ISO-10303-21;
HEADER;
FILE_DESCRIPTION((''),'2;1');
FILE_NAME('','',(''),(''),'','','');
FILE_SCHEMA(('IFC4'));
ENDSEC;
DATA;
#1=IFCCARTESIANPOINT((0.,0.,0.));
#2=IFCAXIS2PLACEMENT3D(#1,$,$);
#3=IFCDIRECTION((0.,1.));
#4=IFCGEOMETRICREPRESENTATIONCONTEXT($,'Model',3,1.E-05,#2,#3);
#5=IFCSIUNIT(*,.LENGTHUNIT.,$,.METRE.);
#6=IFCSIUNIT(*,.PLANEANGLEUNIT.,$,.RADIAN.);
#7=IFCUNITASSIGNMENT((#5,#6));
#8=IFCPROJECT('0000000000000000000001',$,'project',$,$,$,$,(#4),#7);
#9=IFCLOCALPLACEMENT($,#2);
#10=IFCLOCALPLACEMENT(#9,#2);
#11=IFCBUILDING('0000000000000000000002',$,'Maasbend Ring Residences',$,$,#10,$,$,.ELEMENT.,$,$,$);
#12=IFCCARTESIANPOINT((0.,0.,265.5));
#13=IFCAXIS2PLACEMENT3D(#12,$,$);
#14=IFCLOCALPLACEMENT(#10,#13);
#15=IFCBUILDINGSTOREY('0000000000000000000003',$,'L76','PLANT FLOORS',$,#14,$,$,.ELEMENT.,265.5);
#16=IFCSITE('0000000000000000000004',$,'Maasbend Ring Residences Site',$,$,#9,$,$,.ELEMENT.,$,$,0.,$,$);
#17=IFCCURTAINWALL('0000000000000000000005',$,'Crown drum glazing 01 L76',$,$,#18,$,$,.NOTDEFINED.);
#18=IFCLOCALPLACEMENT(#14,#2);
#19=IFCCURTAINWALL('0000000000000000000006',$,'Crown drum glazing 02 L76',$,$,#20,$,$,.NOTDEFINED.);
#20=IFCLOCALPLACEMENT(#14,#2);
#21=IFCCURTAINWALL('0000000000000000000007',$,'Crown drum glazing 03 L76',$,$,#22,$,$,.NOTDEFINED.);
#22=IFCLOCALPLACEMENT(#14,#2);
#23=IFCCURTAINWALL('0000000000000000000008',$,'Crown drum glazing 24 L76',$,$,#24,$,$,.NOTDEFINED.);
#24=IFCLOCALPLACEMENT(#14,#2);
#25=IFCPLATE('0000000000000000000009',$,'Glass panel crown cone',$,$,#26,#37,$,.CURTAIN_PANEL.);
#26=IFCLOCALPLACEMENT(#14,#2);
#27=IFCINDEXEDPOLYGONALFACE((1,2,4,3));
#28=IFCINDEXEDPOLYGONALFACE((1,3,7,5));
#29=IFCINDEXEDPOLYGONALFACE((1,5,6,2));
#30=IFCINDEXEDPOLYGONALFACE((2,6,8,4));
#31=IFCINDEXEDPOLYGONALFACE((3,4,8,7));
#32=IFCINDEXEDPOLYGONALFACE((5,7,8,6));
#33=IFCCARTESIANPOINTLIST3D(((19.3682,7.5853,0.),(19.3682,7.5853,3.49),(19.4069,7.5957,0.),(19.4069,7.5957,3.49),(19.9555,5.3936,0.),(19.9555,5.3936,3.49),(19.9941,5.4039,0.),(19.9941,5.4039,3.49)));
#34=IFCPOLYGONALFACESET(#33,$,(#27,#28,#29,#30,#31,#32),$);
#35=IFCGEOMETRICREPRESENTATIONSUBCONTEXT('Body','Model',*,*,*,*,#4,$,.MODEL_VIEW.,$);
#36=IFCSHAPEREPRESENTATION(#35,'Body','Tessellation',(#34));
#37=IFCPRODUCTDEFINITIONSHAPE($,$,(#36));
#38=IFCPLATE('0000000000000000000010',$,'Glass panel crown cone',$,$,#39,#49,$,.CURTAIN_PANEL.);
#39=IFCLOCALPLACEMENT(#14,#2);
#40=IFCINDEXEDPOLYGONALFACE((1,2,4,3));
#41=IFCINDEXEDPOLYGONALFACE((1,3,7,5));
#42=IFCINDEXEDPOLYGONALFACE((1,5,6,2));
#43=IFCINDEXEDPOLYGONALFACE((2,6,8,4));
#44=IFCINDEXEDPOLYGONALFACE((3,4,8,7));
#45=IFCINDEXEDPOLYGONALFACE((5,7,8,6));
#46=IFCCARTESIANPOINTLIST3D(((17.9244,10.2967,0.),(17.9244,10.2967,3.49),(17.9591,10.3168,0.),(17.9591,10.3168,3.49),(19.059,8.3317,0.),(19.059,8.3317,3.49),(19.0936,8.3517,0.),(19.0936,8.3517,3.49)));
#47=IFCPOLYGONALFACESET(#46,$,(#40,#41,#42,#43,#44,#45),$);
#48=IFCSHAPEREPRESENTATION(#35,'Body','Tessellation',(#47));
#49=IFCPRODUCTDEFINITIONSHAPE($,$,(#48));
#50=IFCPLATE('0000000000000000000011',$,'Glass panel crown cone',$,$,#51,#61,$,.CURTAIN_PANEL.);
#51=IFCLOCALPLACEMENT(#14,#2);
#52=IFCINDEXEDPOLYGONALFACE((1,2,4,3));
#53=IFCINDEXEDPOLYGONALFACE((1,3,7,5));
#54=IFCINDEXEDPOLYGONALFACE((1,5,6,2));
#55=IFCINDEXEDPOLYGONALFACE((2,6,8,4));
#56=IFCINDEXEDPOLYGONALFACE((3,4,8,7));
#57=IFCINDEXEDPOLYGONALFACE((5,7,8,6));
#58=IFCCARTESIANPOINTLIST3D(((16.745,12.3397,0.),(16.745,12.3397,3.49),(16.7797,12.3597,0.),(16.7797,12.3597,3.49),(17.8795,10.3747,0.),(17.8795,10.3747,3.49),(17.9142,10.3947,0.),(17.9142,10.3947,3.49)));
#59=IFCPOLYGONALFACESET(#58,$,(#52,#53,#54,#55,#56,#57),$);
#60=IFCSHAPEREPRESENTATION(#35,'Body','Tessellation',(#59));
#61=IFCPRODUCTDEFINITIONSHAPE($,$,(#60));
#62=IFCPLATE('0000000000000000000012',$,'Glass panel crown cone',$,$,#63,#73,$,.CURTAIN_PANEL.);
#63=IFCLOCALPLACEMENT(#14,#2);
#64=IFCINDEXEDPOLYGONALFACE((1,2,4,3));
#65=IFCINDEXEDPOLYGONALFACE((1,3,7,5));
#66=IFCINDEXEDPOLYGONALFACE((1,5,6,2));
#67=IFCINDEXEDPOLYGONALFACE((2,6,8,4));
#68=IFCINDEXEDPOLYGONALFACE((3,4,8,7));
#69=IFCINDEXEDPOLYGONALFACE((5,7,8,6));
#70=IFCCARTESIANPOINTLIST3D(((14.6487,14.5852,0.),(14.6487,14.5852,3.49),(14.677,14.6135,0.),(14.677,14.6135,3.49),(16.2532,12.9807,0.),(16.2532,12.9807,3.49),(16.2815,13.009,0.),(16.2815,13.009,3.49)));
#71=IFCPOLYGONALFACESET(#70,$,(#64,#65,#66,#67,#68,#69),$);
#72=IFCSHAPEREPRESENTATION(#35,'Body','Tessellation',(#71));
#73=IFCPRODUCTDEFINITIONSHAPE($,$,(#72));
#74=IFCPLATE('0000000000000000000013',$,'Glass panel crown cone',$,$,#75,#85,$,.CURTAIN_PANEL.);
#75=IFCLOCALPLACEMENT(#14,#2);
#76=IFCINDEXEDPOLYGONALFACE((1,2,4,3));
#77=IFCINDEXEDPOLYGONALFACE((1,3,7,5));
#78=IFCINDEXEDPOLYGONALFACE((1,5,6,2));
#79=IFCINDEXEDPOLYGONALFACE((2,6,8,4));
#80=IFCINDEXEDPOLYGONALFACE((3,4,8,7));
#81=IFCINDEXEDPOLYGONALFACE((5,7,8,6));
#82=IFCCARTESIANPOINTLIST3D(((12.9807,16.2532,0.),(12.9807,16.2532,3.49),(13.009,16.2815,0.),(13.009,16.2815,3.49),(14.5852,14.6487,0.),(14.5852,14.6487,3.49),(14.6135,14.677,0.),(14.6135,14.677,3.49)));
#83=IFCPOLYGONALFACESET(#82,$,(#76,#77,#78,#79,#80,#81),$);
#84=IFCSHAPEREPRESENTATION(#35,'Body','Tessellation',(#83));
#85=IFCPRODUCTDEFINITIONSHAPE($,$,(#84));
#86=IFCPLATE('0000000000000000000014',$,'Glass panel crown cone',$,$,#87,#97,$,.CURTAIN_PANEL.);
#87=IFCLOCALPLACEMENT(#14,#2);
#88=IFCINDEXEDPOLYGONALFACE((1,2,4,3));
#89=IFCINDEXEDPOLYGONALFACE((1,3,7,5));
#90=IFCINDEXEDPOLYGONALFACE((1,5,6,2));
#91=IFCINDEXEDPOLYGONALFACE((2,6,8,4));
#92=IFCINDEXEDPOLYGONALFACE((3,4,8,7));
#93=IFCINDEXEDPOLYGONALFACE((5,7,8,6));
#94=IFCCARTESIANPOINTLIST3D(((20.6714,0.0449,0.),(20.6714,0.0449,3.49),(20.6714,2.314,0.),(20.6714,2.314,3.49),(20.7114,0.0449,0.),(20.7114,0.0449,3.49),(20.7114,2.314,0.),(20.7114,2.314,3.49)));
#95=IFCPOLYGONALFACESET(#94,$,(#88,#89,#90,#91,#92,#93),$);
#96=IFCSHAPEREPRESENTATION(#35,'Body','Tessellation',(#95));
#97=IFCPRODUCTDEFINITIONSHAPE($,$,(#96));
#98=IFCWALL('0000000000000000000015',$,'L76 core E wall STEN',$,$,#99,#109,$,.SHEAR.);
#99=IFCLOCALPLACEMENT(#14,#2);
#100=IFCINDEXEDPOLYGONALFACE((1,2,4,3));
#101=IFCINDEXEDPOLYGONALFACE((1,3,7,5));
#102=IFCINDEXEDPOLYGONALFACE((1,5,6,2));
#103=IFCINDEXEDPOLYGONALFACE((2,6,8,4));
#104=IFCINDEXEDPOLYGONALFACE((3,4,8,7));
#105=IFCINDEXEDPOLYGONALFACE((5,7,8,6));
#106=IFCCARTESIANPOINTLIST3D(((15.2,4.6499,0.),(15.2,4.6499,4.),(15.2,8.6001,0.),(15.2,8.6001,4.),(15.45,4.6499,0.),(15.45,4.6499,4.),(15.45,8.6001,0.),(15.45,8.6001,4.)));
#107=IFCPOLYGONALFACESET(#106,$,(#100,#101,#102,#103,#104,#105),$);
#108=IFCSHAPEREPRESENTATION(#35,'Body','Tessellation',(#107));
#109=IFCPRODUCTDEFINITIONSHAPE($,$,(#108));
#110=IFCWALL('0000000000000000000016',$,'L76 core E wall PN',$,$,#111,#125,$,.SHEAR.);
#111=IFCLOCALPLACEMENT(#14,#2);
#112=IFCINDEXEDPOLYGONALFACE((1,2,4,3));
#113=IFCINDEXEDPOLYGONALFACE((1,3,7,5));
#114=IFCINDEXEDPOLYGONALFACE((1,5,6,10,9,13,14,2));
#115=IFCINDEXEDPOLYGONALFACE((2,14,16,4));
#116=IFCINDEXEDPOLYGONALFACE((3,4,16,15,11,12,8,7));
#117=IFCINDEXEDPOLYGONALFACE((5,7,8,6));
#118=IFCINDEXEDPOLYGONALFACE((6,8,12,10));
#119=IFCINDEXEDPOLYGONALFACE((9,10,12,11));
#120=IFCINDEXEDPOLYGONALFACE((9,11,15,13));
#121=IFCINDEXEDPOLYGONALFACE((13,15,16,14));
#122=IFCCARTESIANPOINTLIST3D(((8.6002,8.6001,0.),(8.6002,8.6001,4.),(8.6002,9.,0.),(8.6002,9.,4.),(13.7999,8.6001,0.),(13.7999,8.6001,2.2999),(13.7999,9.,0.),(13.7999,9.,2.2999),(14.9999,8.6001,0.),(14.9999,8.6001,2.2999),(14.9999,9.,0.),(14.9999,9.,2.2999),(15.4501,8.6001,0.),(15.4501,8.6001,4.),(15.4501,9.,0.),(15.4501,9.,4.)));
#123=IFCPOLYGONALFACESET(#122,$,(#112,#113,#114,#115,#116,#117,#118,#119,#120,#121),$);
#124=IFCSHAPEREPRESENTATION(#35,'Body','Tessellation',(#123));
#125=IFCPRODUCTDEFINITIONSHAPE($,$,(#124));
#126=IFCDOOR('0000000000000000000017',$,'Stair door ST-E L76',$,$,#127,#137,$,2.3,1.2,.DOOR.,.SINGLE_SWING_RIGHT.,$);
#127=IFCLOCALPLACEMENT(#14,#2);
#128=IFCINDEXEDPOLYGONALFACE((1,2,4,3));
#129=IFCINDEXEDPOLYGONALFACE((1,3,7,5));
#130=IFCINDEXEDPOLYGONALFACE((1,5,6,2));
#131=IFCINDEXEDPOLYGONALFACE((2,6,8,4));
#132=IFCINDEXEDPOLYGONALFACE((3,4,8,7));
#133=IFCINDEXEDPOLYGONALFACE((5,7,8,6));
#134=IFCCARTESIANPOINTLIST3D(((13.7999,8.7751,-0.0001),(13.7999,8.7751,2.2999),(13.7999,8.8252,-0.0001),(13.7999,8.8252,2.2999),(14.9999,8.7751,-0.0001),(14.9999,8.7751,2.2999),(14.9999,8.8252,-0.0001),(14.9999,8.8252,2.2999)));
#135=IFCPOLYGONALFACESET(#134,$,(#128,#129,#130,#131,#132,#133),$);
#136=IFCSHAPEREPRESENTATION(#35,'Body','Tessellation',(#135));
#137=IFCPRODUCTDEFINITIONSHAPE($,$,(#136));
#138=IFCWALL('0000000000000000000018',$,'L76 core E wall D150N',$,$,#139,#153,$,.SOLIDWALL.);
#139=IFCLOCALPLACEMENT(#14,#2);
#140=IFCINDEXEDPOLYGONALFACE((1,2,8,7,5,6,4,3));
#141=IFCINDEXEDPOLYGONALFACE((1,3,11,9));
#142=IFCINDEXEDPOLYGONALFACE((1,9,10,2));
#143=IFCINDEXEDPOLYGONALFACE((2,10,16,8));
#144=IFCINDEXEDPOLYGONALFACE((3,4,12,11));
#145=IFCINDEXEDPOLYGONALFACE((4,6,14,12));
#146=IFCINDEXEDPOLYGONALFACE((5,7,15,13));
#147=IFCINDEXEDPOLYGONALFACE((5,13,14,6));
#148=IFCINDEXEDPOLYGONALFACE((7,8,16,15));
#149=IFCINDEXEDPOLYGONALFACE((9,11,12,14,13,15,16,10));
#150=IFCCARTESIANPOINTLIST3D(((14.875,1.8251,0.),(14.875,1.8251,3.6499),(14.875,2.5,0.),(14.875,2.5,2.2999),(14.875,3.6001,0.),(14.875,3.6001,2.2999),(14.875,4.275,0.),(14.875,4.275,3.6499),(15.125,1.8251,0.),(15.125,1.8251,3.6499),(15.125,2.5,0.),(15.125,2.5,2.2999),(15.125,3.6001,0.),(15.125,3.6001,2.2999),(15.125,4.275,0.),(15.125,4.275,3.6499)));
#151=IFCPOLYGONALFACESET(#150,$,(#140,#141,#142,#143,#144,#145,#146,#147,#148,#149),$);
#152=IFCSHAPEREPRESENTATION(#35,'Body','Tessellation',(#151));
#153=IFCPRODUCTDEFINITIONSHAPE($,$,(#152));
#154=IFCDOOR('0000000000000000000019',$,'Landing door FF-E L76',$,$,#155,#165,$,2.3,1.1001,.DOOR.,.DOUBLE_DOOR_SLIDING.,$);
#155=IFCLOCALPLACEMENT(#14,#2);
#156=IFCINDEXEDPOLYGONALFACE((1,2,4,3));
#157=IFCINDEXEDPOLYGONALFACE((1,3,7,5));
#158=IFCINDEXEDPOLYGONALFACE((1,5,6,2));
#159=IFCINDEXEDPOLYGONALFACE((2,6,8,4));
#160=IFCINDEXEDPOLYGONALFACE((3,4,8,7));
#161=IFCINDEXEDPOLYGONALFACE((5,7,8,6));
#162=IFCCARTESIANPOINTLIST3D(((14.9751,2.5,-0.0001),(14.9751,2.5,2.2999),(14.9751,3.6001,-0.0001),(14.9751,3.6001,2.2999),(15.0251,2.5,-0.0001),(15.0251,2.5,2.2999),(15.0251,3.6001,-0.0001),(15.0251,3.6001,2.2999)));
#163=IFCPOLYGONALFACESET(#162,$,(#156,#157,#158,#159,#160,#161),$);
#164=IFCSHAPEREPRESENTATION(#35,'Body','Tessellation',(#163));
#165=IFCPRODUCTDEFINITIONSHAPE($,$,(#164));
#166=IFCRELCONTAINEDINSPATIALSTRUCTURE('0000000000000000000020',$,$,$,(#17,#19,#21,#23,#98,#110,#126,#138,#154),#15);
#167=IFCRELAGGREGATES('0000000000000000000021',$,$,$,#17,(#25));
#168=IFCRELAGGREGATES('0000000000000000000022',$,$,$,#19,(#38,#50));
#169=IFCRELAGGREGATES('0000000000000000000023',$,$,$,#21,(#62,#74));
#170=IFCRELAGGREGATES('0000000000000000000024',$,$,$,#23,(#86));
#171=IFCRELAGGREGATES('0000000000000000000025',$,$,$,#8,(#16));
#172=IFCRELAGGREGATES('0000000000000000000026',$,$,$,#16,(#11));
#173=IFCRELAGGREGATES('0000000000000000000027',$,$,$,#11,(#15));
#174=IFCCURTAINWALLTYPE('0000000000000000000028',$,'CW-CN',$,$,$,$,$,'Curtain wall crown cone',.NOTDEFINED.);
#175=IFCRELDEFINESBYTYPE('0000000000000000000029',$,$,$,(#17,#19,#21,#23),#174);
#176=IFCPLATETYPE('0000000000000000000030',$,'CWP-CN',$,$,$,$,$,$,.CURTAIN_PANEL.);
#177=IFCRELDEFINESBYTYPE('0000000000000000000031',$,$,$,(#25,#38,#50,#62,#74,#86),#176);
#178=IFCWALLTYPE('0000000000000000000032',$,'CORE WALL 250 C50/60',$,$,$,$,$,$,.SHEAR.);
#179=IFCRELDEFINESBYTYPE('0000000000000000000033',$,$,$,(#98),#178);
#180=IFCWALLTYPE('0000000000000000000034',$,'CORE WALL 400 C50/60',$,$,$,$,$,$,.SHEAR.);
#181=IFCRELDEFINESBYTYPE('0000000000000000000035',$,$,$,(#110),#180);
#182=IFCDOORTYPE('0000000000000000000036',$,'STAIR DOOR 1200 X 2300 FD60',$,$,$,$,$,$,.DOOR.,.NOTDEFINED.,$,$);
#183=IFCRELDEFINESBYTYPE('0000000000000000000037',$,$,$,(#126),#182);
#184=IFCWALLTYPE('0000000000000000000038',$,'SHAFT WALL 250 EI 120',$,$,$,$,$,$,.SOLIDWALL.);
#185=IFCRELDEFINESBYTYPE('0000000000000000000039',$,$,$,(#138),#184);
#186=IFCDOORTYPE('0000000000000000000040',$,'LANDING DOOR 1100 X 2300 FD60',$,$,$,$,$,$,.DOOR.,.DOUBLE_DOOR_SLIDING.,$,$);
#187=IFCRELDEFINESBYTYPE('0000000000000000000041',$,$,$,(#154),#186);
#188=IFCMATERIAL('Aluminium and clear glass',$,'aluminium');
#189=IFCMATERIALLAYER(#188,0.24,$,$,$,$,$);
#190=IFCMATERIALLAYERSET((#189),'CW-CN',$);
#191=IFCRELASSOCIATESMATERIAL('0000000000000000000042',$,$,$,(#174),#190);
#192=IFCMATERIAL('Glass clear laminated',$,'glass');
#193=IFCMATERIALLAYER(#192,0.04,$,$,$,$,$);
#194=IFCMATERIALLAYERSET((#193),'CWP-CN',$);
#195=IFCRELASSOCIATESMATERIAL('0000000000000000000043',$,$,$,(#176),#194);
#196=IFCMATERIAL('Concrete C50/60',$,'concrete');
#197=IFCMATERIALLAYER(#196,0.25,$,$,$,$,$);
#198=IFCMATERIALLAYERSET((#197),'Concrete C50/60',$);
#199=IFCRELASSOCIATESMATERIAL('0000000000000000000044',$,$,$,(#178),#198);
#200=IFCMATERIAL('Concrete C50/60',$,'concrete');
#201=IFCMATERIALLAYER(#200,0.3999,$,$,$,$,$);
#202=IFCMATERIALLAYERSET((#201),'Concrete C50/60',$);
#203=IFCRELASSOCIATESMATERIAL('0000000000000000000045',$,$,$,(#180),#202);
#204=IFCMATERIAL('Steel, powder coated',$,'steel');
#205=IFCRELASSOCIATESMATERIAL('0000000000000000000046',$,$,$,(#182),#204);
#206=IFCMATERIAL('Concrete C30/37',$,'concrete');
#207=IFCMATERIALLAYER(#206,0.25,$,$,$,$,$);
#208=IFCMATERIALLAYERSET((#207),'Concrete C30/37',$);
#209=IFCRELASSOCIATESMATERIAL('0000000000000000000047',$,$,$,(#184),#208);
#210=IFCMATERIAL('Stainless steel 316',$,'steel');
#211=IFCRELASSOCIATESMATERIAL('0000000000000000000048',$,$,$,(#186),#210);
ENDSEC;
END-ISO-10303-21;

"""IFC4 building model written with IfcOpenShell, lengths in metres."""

from ifc_helpers import new_model, si_unit, direction, frame, frame_2d, origin, origin_2d, place, context, subcontext, project, spatial, rectangle, extrude, material, layer, layer_set, type_object, element, fill, aggregate, save


model = new_model("IFC4")

# Units and contexts
model_context = context("Model", 3, precision=1e-05, world=origin(), true_north=direction((0.0, 1.0)))
body_context = subcontext(model_context, "Body", "Model", "MODEL_VIEW")
ifc_project = project(units=[si_unit("LENGTHUNIT", "METRE"), si_unit("PLANEANGLEUNIT", "RADIAN")], contexts=[model_context])

# Site, building, storey
site_placement = place(None, origin())
site = spatial("IfcSite", under=ifc_project, at=site_placement, Name="Maasbend Ring Residences Site", CompositionType="ELEMENT", RefElevation=0.0)
building_placement = place(site_placement, origin())
building = spatial("IfcBuilding", under=site, at=building_placement, Name="Maasbend Ring Residences", CompositionType="ELEMENT")
storey_placement = place(building_placement, frame((0.0, 0.0, 265.5)))
storey = spatial("IfcBuildingStorey", under=building, at=storey_placement, Name="L76", Description="PLANT FLOORS", CompositionType="ELEMENT", Elevation=265.5)

# Curtain walls
ifc_material_1 = material(Name="Aluminium and clear glass", Category="aluminium")
ifc_layer_1 = layer(ifc_material_1, 0.24)
ifc_layer_set_1 = layer_set([ifc_layer_1], Name="CW-CN")
curtain_wall_type = type_object("IfcCurtainWallType", Name="CW-CN", ElementType="Curtain wall crown cone", PredefinedType="NOTDEFINED", material=ifc_layer_set_1)
curtain_wall_1_placement = place(storey_placement, origin())
curtain_wall_1 = element("IfcCurtainWall", 1, at=curtain_wall_1_placement, inside=storey, type_object=curtain_wall_type, Name="Crown drum glazing 01 L76", PredefinedType="NOTDEFINED")
curtain_wall_2_placement = place(storey_placement, origin())
curtain_wall_2 = element("IfcCurtainWall", 2, at=curtain_wall_2_placement, inside=storey, type_object=curtain_wall_type, Name="Crown drum glazing 02 L76", PredefinedType="NOTDEFINED")
curtain_wall_3_placement = place(storey_placement, origin())
curtain_wall_3 = element("IfcCurtainWall", 3, at=curtain_wall_3_placement, inside=storey, type_object=curtain_wall_type, Name="Crown drum glazing 03 L76", PredefinedType="NOTDEFINED")

# Curtain wall
curtain_wall_4_placement = place(storey_placement, origin())
curtain_wall_4 = element("IfcCurtainWall", 4, at=curtain_wall_4_placement, inside=storey, type_object=curtain_wall_type, Name="Crown drum glazing 24 L76", PredefinedType="NOTDEFINED")

# Plates
ifc_material_2 = material(Name="Glass clear laminated", Category="glass")
ifc_layer_2 = layer(ifc_material_2, 0.04)
ifc_layer_set_2 = layer_set([ifc_layer_2], Name="CWP-CN")
plate_type = type_object("IfcPlateType", Name="CWP-CN", PredefinedType="CURTAIN_PANEL", material=ifc_layer_set_2)
plate_1_placement = place(storey_placement, frame((19.6812, 6.4946, 0.0), z_axis=(0.0, 0.0, 1.0), x_axis=(-0.258819, 0.965926, 0.0)))
plate_1 = element("IfcPlate", 5, at=plate_1_placement, type_object=plate_type, Name="Glass panel crown cone", PredefinedType="CURTAIN_PANEL", context=body_context, shape_type="SweptSolid", body=[
    extrude(rectangle(XDim=2.269, YDim=0.04, at=origin_2d()), origin(), (0.0, 0.0, 1.0), 3.49),
])
aggregate(curtain_wall_1, [plate_1])
plate_2_placement = place(storey_placement, frame((18.509, 9.3242, 0.0), z_axis=(0.0, 0.0, 1.0), x_axis=(-0.5, 0.866025, 0.0)))
plate_2 = element("IfcPlate", 6, at=plate_2_placement, type_object=plate_type, Name="Glass panel crown cone", PredefinedType="CURTAIN_PANEL", context=body_context, shape_type="SweptSolid", body=[
    extrude(rectangle(XDim=2.269, YDim=0.04, at=origin_2d()), origin(), (0.0, 0.0, 1.0), 3.49),
])
plate_3_placement = place(storey_placement, frame((17.3296, 11.3672, 0.0), z_axis=(0.0, 0.0, 1.0), x_axis=(-0.5, 0.866025, 0.0)))
plate_3 = element("IfcPlate", 7, at=plate_3_placement, type_object=plate_type, Name="Glass panel crown cone", PredefinedType="CURTAIN_PANEL", context=body_context, shape_type="SweptSolid", body=[
    extrude(rectangle(XDim=2.269, YDim=0.04, at=origin_2d()), origin(), (0.0, 0.0, 1.0), 3.49),
])
aggregate(curtain_wall_2, [plate_2, plate_3])
plate_4_placement = place(storey_placement, frame((15.4651, 13.7971, 0.0), z_axis=(0.0, 0.0, 1.0), x_axis=(-0.707107, 0.707107, 0.0)))
plate_4 = element("IfcPlate", 8, at=plate_4_placement, type_object=plate_type, Name="Glass panel crown cone", PredefinedType="CURTAIN_PANEL", context=body_context, shape_type="SweptSolid", body=[
    extrude(rectangle(XDim=2.269, YDim=0.04, at=origin_2d()), origin(), (0.0, 0.0, 1.0), 3.49),
])
plate_5_placement = place(storey_placement, frame((13.7971, 15.4651, 0.0), z_axis=(0.0, 0.0, 1.0), x_axis=(-0.707107, 0.707107, 0.0)))
plate_5 = element("IfcPlate", 9, at=plate_5_placement, type_object=plate_type, Name="Glass panel crown cone", PredefinedType="CURTAIN_PANEL", context=body_context, shape_type="SweptSolid", body=[
    extrude(rectangle(XDim=2.269, YDim=0.04, at=origin_2d()), origin(), (0.0, 0.0, 1.0), 3.49),
])
aggregate(curtain_wall_3, [plate_4, plate_5])
plate_6_placement = place(storey_placement, frame((20.6914, 1.1794, 0.0), z_axis=(0.0, 0.0, 1.0), x_axis=(0.0, 1.0, 0.0)))
plate_6 = element("IfcPlate", 10, at=plate_6_placement, type_object=plate_type, Name="Glass panel crown cone", PredefinedType="CURTAIN_PANEL", context=body_context, shape_type="SweptSolid", body=[
    extrude(rectangle(XDim=2.269, YDim=0.04, at=origin_2d()), origin(), (0.0, 0.0, 1.0), 3.49),
])
aggregate(curtain_wall_4, [plate_6])

# Wall
ifc_material_3 = material(Name="Concrete C50/60", Category="concrete")
ifc_layer_3 = layer(ifc_material_3, 0.25)
ifc_layer_set_3 = layer_set([ifc_layer_3], Name="Concrete C50/60")
wall_type_1 = type_object("IfcWallType", Name="CORE WALL 250 C50/60", PredefinedType="SHEAR", material=ifc_layer_set_3)
wall_1_placement = place(storey_placement, frame((15.325, 4.6499, 0.0), z_axis=(0.0, 0.0, 1.0), x_axis=(0.0, 1.0, 0.0)))
element("IfcWall", 11, at=wall_1_placement, inside=storey, type_object=wall_type_1, Name="L76 core E wall STEN", PredefinedType="SHEAR", context=body_context, shape_type="SweptSolid", body=[
    extrude(rectangle(XDim=3.9502, YDim=0.25, at=frame_2d((1.9751, 0.0))), origin(), (0.0, 0.0, 1.0), 4.0),
])

# Walls, openings, doors
ifc_material_4 = material(Name="Concrete C50/60", Category="concrete")
ifc_layer_4 = layer(ifc_material_4, 0.3999)
ifc_layer_set_4 = layer_set([ifc_layer_4], Name="Concrete C50/60")
wall_type_2 = type_object("IfcWallType", Name="CORE WALL 400 C50/60", PredefinedType="SHEAR", material=ifc_layer_set_4)
wall_2_placement = place(storey_placement, frame((15.45, 8.8, 0.0), z_axis=(0.0, 0.0, 1.0), x_axis=(-1.0, 0.0, 0.0)))
wall_2 = element("IfcWall", 12, at=wall_2_placement, inside=storey, type_object=wall_type_2, Name="L76 core E wall PN", PredefinedType="SHEAR", context=body_context, shape_type="SweptSolid", body=[
    extrude(rectangle(XDim=6.8499, YDim=0.3999, at=frame_2d((3.4248, 0.0))), origin(), (0.0, 0.0, 1.0), 4.0),
])
opening_1_placement = place(wall_2_placement, frame((0.45, 0.0, 0.0)))
opening_1 = element("IfcOpeningElement", 13, at=opening_1_placement, cuts=wall_2, PredefinedType="OPENING", context=body_context, shape_type="SweptSolid", body=[
    extrude(rectangle(XDim=1.2, YDim=2.3, at=frame_2d((0.6001, 1.1499))), frame((0.0, 0.21, 0.0), z_axis=(0.0, -1.0, 0.0), x_axis=(1.0, 0.0, 0.0)), (0.0, 0.0, 1.0), 0.4199),
])
ifc_material_5 = material(Name="Steel, powder coated", Category="steel")
door_type_1 = type_object("IfcDoorType", Name="STAIR DOOR 1200 X 2300 FD60", OperationType="NOTDEFINED", PredefinedType="DOOR", material=ifc_material_5)
door_1_placement = place(opening_1_placement, origin())
door_1 = element("IfcDoor", 14, at=door_1_placement, inside=storey, type_object=door_type_1, Name="Stair door ST-E L76", OperationType="SINGLE_SWING_RIGHT", OverallHeight=2.3, OverallWidth=1.2, PredefinedType="DOOR", context=body_context, shape_type="SweptSolid", body=[
    extrude(rectangle(XDim=1.2, YDim=2.3, at=frame_2d((0.6001, 1.1499))), frame((0.0, 0.0249, 0.0), z_axis=(0.0, -1.0, 0.0), x_axis=(1.0, 0.0, 0.0)), (0.0, 0.0, 1.0), 0.05),
])
fill(opening_1, door_1)
ifc_material_6 = material(Name="Concrete C30/37", Category="concrete")
ifc_layer_5 = layer(ifc_material_6, 0.25)
ifc_layer_set_5 = layer_set([ifc_layer_5], Name="Concrete C30/37")
wall_type_3 = type_object("IfcWallType", Name="SHAFT WALL 250 EI 120", PredefinedType="SOLIDWALL", material=ifc_layer_set_5)
wall_3_placement = place(storey_placement, frame((15.0, 1.825, 0.0), z_axis=(0.0, 0.0, 1.0), x_axis=(0.0, 1.0, 0.0)))
wall_3 = element("IfcWall", 15, at=wall_3_placement, inside=storey, type_object=wall_type_3, Name="L76 core E wall D150N", PredefinedType="SOLIDWALL", context=body_context, shape_type="SweptSolid", body=[
    extrude(rectangle(XDim=2.45, YDim=0.25, at=frame_2d((1.2251, 0.0))), origin(), (0.0, 0.0, 1.0), 3.6499),
])
opening_2_placement = place(wall_3_placement, frame((0.675, 0.0, 0.0)))
opening_2 = element("IfcOpeningElement", 16, at=opening_2_placement, cuts=wall_3, PredefinedType="OPENING", context=body_context, shape_type="SweptSolid", body=[
    extrude(rectangle(XDim=1.1001, YDim=2.3, at=frame_2d((0.55, 1.1499))), frame((0.0, 0.135, 0.0), z_axis=(0.0, -1.0, 0.0), x_axis=(1.0, 0.0, 0.0)), (0.0, 0.0, 1.0), 0.27),
])
ifc_material_7 = material(Name="Stainless steel 316", Category="steel")
door_type_2 = type_object("IfcDoorType", Name="LANDING DOOR 1100 X 2300 FD60", OperationType="DOUBLE_DOOR_SLIDING", PredefinedType="DOOR", material=ifc_material_7)
door_2_placement = place(opening_2_placement, origin())
door_2 = element("IfcDoor", 17, at=door_2_placement, inside=storey, type_object=door_type_2, Name="Landing door FF-E L76", OperationType="DOUBLE_DOOR_SLIDING", OverallHeight=2.3, OverallWidth=1.1001, PredefinedType="DOOR", context=body_context, shape_type="SweptSolid", body=[
    extrude(rectangle(XDim=1.1001, YDim=2.3, at=frame_2d((0.55, 1.1499))), frame((0.0, 0.0249, 0.0), z_axis=(0.0, -1.0, 0.0), x_axis=(1.0, 0.0, 0.0)), (0.0, 0.0, 1.0), 0.05),
])
fill(opening_2, door_2)

save(model, "model.ifc")
